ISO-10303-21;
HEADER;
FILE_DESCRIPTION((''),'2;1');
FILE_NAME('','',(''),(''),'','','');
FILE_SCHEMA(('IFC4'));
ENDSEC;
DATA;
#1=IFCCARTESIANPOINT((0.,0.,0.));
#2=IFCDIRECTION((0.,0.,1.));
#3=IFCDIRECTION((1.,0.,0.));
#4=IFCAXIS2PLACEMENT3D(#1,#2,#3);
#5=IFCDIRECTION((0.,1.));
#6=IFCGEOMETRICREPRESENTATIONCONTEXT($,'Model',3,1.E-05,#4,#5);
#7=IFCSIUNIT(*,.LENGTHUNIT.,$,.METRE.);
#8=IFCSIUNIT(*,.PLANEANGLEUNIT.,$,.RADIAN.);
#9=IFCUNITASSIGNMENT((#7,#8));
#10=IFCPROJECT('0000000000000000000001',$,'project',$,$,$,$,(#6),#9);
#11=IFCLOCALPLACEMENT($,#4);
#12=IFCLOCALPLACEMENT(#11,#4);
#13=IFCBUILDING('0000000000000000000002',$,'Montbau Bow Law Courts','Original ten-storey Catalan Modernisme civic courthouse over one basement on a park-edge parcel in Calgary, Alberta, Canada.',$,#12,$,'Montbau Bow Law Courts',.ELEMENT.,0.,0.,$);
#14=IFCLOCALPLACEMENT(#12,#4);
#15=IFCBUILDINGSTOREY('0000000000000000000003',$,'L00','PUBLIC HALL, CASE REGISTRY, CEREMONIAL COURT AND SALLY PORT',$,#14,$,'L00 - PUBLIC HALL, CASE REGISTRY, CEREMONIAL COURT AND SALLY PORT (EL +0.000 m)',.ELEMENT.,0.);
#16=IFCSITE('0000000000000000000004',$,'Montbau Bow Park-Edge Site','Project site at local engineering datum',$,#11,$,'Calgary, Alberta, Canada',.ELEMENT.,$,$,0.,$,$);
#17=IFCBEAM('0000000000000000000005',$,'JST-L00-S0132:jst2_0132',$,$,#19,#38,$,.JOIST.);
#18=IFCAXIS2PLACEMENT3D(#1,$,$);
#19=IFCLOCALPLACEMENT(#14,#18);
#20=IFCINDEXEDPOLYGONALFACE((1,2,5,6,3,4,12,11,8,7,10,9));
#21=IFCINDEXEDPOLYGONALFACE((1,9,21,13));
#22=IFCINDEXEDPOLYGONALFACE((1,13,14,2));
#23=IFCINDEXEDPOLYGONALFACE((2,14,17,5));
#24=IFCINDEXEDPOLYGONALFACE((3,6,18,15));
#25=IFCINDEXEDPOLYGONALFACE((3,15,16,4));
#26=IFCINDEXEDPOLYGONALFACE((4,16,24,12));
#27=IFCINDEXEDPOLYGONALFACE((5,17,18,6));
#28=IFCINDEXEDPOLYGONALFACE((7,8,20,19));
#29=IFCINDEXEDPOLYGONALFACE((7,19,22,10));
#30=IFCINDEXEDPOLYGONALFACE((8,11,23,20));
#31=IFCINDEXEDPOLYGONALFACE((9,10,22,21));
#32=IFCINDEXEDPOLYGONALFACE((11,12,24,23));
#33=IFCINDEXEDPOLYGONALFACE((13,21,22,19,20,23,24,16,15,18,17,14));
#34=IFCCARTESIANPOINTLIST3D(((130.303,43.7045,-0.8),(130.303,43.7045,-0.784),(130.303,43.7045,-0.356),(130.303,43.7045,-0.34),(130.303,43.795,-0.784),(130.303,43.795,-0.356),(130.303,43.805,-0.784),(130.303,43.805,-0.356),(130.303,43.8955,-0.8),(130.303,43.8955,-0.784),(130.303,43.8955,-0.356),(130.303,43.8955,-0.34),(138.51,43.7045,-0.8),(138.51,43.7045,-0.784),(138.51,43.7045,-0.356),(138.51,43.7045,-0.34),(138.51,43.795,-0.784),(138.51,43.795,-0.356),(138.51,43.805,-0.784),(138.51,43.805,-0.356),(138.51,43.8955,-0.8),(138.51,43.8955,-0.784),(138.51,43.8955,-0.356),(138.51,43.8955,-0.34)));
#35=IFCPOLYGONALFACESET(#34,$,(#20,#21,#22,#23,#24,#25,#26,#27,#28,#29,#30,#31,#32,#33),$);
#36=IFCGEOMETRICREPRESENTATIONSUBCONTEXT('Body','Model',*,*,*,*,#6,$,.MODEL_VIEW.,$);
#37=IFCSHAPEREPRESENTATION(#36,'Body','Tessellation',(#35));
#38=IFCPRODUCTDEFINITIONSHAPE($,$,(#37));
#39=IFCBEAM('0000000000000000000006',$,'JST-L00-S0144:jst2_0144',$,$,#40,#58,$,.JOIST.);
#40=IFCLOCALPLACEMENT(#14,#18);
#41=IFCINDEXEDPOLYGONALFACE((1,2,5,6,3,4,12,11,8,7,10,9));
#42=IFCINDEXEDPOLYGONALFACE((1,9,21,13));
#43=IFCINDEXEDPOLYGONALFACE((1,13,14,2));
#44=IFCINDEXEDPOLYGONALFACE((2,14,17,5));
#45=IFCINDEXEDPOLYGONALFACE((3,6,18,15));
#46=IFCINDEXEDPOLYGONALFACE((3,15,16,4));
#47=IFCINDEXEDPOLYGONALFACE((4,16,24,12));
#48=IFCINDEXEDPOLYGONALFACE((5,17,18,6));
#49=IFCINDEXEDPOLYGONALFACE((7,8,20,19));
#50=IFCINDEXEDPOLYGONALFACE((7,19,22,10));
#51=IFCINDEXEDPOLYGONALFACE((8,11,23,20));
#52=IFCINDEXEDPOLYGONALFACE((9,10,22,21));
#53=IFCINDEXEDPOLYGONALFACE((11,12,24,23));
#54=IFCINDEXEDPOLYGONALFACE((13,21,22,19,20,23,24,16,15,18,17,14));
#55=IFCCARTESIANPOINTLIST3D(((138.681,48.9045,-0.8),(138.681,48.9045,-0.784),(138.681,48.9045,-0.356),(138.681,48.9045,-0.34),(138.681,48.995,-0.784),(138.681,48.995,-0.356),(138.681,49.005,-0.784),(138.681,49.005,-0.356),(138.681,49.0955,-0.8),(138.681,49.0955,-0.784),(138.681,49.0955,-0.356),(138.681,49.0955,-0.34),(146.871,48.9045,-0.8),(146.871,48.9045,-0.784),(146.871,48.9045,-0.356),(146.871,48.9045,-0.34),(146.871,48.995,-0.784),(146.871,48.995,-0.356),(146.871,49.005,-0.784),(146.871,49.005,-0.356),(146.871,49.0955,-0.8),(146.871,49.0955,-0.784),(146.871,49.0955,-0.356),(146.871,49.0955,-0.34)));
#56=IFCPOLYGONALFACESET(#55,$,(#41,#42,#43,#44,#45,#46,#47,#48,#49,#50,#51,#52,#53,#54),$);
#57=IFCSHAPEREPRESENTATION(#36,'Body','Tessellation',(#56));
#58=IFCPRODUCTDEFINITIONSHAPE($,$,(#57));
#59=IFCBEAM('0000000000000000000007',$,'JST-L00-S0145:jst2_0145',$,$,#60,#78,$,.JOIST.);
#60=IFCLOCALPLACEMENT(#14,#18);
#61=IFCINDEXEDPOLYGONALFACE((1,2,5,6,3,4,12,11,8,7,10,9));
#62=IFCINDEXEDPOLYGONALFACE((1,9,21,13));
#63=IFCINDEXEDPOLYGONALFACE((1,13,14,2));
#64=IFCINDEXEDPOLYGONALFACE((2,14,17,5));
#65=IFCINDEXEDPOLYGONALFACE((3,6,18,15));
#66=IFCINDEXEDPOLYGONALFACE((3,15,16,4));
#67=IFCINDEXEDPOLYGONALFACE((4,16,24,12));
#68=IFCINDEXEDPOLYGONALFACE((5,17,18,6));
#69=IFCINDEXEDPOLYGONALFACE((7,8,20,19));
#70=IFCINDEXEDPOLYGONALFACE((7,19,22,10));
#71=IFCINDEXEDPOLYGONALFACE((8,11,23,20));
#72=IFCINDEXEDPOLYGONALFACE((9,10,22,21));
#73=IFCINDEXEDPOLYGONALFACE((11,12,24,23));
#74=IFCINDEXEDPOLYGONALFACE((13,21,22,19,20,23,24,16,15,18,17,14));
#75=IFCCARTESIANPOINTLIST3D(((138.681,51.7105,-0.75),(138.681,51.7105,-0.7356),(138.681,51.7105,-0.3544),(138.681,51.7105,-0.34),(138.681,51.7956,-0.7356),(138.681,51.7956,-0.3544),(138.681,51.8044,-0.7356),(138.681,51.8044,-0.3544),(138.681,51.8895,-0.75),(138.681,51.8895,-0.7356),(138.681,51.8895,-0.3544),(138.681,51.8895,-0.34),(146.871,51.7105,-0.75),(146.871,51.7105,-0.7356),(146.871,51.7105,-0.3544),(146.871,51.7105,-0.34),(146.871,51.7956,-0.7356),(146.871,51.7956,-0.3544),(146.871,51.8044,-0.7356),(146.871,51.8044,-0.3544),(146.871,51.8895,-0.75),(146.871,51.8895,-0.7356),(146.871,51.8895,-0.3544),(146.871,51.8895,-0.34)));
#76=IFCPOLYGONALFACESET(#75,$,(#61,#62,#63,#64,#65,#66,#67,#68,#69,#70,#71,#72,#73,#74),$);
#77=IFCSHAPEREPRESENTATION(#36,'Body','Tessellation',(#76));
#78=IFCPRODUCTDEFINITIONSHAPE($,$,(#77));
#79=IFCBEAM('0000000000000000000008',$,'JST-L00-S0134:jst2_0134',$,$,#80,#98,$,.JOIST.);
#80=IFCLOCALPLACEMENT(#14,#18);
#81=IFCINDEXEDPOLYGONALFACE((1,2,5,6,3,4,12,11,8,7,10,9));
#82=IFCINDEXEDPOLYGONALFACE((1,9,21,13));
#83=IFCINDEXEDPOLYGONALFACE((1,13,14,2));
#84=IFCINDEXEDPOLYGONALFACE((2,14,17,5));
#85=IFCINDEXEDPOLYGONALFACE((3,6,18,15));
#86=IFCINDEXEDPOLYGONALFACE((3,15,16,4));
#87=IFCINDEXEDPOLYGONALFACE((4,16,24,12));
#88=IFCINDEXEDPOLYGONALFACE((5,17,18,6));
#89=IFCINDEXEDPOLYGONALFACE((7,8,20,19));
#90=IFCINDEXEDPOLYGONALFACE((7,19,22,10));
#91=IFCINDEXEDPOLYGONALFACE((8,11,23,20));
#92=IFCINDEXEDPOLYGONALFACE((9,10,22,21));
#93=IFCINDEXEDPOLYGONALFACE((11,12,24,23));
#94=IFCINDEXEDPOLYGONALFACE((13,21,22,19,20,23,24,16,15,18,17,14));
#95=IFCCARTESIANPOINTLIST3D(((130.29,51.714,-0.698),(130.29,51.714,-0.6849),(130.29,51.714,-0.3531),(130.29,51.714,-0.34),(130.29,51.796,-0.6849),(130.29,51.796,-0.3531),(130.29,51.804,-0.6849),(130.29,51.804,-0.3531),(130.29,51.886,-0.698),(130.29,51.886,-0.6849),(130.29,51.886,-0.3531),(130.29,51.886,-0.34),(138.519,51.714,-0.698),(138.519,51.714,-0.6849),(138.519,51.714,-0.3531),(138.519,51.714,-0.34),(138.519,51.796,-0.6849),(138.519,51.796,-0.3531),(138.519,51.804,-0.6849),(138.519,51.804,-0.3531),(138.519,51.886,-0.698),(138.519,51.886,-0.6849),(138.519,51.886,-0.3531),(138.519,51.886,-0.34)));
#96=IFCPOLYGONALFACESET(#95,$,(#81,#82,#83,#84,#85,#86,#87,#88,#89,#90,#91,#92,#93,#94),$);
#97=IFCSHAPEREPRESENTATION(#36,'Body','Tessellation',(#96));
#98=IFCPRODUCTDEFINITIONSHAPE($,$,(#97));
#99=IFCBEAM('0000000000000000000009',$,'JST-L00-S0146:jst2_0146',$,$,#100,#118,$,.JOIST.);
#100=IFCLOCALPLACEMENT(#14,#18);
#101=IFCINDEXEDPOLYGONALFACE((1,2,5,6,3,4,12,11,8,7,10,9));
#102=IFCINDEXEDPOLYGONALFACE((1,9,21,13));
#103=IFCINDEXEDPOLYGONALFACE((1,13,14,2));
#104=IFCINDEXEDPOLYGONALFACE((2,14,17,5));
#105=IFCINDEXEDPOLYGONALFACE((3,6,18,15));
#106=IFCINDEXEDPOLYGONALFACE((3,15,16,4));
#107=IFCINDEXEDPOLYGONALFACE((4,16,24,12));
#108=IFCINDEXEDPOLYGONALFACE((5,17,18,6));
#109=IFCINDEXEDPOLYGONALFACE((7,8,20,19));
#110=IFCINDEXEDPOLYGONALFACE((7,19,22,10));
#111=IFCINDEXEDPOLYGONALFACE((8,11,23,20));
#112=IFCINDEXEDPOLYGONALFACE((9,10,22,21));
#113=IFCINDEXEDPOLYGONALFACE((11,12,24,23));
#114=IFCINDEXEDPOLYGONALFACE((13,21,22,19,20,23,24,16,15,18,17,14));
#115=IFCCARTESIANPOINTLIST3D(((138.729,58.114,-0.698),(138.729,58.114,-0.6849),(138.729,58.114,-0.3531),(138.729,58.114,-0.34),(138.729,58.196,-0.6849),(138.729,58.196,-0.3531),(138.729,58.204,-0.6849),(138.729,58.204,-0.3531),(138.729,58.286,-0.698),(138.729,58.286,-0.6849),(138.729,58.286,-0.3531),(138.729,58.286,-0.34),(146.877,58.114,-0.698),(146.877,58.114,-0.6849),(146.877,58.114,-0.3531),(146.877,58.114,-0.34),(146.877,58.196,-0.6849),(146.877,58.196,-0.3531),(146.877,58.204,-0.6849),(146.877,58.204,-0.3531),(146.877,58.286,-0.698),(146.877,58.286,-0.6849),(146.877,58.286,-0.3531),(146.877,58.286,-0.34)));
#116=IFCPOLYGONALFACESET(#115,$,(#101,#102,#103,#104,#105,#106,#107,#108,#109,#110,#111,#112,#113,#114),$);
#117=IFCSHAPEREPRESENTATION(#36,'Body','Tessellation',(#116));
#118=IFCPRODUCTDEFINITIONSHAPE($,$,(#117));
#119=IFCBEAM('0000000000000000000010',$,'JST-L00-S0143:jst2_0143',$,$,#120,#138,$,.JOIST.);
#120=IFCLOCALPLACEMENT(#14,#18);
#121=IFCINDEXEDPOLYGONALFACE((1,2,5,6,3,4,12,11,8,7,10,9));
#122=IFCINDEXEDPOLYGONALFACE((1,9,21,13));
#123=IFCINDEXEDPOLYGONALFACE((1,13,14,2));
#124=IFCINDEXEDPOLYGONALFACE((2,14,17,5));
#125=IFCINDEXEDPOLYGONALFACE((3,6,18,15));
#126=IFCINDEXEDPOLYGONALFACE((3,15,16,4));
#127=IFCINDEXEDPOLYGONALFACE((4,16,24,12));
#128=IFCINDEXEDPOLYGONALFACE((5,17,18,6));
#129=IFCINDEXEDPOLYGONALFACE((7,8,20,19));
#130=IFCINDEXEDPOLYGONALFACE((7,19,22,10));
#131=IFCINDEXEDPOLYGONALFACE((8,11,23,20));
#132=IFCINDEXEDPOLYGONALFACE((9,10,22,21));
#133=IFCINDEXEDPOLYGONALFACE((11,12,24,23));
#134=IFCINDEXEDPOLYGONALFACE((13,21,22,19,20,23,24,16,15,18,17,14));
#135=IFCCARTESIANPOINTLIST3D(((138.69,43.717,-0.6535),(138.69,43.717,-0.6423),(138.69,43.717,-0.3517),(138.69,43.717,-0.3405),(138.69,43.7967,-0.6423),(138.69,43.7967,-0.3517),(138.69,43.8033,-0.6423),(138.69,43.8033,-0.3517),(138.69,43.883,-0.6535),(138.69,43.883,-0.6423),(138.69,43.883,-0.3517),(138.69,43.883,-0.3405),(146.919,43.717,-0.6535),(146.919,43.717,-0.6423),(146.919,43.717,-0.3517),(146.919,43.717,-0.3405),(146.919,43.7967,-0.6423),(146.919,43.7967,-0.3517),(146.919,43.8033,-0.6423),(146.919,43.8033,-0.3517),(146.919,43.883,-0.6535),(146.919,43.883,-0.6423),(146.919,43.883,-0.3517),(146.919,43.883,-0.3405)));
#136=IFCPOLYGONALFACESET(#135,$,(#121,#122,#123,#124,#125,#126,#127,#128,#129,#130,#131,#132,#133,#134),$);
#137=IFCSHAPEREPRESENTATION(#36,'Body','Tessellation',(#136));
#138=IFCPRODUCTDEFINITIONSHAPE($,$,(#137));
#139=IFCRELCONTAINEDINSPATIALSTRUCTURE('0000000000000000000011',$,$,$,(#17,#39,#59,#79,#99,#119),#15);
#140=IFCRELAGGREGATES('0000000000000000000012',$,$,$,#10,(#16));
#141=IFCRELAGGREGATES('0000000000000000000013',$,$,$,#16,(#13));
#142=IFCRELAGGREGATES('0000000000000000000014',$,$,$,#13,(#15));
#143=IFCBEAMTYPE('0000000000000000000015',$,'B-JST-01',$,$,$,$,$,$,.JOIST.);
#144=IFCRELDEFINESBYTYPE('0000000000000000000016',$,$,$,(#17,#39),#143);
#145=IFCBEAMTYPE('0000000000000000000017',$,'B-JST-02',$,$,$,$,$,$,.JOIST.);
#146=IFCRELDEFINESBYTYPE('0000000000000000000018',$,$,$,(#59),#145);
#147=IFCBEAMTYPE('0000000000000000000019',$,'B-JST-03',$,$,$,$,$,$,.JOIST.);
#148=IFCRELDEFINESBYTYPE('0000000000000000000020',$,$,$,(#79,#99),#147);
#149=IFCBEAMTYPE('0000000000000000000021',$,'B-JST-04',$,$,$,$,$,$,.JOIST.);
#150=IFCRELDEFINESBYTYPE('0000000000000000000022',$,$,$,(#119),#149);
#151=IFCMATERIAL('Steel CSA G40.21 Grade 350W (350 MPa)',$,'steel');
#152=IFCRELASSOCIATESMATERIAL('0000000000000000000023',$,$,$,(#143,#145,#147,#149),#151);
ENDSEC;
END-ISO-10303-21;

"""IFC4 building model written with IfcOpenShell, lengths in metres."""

from ifc_helpers import new_model, si_unit, direction, frame, origin_with_axes, origin_2d_with_axis, place, context, subcontext, project, spatial, i_section, extrude, material, material_profile, profile_set, type_object, element, save


model = new_model("IFC4")

# Units and contexts
model_context = context("Model", 3, precision=1e-05, world=origin_with_axes(), true_north=direction((0.0, 1.0)))
body_context = subcontext(model_context, "Body", "Model", "MODEL_VIEW")
ifc_project = project(units=[si_unit("LENGTHUNIT", "METRE"), si_unit("PLANEANGLEUNIT", "RADIAN")], contexts=[model_context])

# Site, building, storey
site_placement = place(None, origin_with_axes())
site = spatial("IfcSite", under=ifc_project, at=site_placement, Name="Montbau Bow Park-Edge Site", Description="Project site at local engineering datum", LongName="Calgary, Alberta, Canada", CompositionType="ELEMENT", RefElevation=0.0)
building_placement = place(site_placement, origin_with_axes())
building = spatial("IfcBuilding", under=site, at=building_placement, Name="Montbau Bow Law Courts", Description="Original ten-storey Catalan Modernisme civic courthouse over one basement on a park-edge parcel in Calgary, Alberta, Canada.", LongName="Montbau Bow Law Courts", CompositionType="ELEMENT", ElevationOfRefHeight=0.0, ElevationOfTerrain=0.0)
storey_placement = place(building_placement, origin_with_axes())
storey = spatial("IfcBuildingStorey", under=building, at=storey_placement, Name="L00", Description="PUBLIC HALL, CASE REGISTRY, CEREMONIAL COURT AND SALLY PORT", LongName="L00 - PUBLIC HALL, CASE REGISTRY, CEREMONIAL COURT AND SALLY PORT (EL +0.000 m)", CompositionType="ELEMENT", Elevation=0.0)

# Shared definitions
ifc_material_1 = material(Name="Steel CSA G40.21 Grade 350W (350 MPa)", Category="steel")

# Beams
ifc_material_profile_1 = material_profile(ifc_material_1, i_section(OverallWidth=0.191, OverallDepth=0.46, WebThickness=0.0099, FlangeThickness=0.016, at=origin_2d_with_axis()), Name="W460X82", Category="Main", Priority=0)
ifc_profile_set_1 = profile_set([ifc_material_profile_1], Name="Steel CSA G40.21 Grade 350W (350 MPa)")
beam_type_1 = type_object("IfcBeamType", Name="B-JST-01", PredefinedType="JOIST", material=ifc_profile_set_1)
beam_1_placement = place(None, frame((130.303, 43.8, -0.57), z_axis=(1.0, 0.0, 0.0), x_axis=(0.0, 1.0, 0.0)))
element("IfcBeam", 1, at=beam_1_placement, inside=storey, type_object=beam_type_1, Name="JST-L00-S0132:jst2_0132", PredefinedType="JOIST", context=body_context, shape_type="SweptSolid", body=[
    extrude(i_section(OverallWidth=0.191, OverallDepth=0.46, WebThickness=0.0099, FlangeThickness=0.016, at=origin_2d_with_axis()), origin_with_axes(), (0.0, 0.0, 1.0), 8.207),
])
beam_2_placement = place(None, frame((138.681, 49.0, -0.57), z_axis=(1.0, 0.0, 0.0), x_axis=(0.0, 1.0, 0.0)))
element("IfcBeam", 2, at=beam_2_placement, inside=storey, type_object=beam_type_1, Name="JST-L00-S0144:jst2_0144", PredefinedType="JOIST", context=body_context, shape_type="SweptSolid", body=[
    extrude(i_section(OverallWidth=0.191, OverallDepth=0.46, WebThickness=0.0099, FlangeThickness=0.016, at=origin_2d_with_axis()), origin_with_axes(), (0.0, 0.0, 1.0), 8.19),
])
ifc_material_profile_2 = material_profile(ifc_material_1, i_section(OverallWidth=0.179, OverallDepth=0.41, WebThickness=0.0088, FlangeThickness=0.0144, at=origin_2d_with_axis()), Name="W410X67", Category="Main", Priority=0)
ifc_profile_set_2 = profile_set([ifc_material_profile_2], Name="Steel CSA G40.21 Grade 350W (350 MPa)")
beam_type_2 = type_object("IfcBeamType", Name="B-JST-02", PredefinedType="JOIST", material=ifc_profile_set_2)
beam_3_placement = place(None, frame((138.681, 51.8, -0.545), z_axis=(1.0, 0.0, 0.0), x_axis=(0.0, 1.0, 0.0)))
element("IfcBeam", 3, at=beam_3_placement, inside=storey, type_object=beam_type_2, Name="JST-L00-S0145:jst2_0145", PredefinedType="JOIST", context=body_context, shape_type="SweptSolid", body=[
    extrude(i_section(OverallWidth=0.179, OverallDepth=0.41, WebThickness=0.0088, FlangeThickness=0.0144, at=origin_2d_with_axis()), origin_with_axes(), (0.0, 0.0, 1.0), 8.19),
])
ifc_material_profile_3 = material_profile(ifc_material_1, i_section(OverallWidth=0.172, OverallDepth=0.358, WebThickness=0.0079, FlangeThickness=0.0131, at=origin_2d_with_axis()), Name="W360X57", Category="Main", Priority=0)
ifc_profile_set_3 = profile_set([ifc_material_profile_3], Name="Steel CSA G40.21 Grade 350W (350 MPa)")
beam_type_3 = type_object("IfcBeamType", Name="B-JST-03", PredefinedType="JOIST", material=ifc_profile_set_3)
beam_4_placement = place(None, frame((130.29, 51.8, -0.519), z_axis=(1.0, 0.0, 0.0), x_axis=(0.0, 1.0, 0.0)))
element("IfcBeam", 4, at=beam_4_placement, inside=storey, type_object=beam_type_3, Name="JST-L00-S0134:jst2_0134", PredefinedType="JOIST", context=body_context, shape_type="SweptSolid", body=[
    extrude(i_section(OverallWidth=0.172, OverallDepth=0.358, WebThickness=0.0079, FlangeThickness=0.0131, at=origin_2d_with_axis()), origin_with_axes(), (0.0, 0.0, 1.0), 8.229),
])
beam_5_placement = place(None, frame((138.729, 58.2, -0.519), z_axis=(1.0, 0.0, 0.0), x_axis=(0.0, 1.0, 0.0)))
element("IfcBeam", 5, at=beam_5_placement, inside=storey, type_object=beam_type_3, Name="JST-L00-S0146:jst2_0146", PredefinedType="JOIST", context=body_context, shape_type="SweptSolid", body=[
    extrude(i_section(OverallWidth=0.172, OverallDepth=0.358, WebThickness=0.0079, FlangeThickness=0.0131, at=origin_2d_with_axis()), origin_with_axes(), (0.0, 0.0, 1.0), 8.148),
])
ifc_material_profile_4 = material_profile(ifc_material_1, i_section(OverallWidth=0.166, OverallDepth=0.313, WebThickness=0.0066, FlangeThickness=0.0112, at=origin_2d_with_axis()), Name="W310X45", Category="Main", Priority=0)
ifc_profile_set_4 = profile_set([ifc_material_profile_4], Name="Steel CSA G40.21 Grade 350W (350 MPa)")
beam_type_4 = type_object("IfcBeamType", Name="B-JST-04", PredefinedType="JOIST", material=ifc_profile_set_4)
beam_6_placement = place(None, frame((138.69, 43.8, -0.497), z_axis=(1.0, 0.0, 0.0), x_axis=(0.0, 1.0, 0.0)))
element("IfcBeam", 6, at=beam_6_placement, inside=storey, type_object=beam_type_4, Name="JST-L00-S0143:jst2_0143", PredefinedType="JOIST", context=body_context, shape_type="SweptSolid", body=[
    extrude(i_section(OverallWidth=0.166, OverallDepth=0.313, WebThickness=0.0066, FlangeThickness=0.0112, at=origin_2d_with_axis()), origin_with_axes(), (0.0, 0.0, 1.0), 8.229),
])

save(model, "model.ifc")
